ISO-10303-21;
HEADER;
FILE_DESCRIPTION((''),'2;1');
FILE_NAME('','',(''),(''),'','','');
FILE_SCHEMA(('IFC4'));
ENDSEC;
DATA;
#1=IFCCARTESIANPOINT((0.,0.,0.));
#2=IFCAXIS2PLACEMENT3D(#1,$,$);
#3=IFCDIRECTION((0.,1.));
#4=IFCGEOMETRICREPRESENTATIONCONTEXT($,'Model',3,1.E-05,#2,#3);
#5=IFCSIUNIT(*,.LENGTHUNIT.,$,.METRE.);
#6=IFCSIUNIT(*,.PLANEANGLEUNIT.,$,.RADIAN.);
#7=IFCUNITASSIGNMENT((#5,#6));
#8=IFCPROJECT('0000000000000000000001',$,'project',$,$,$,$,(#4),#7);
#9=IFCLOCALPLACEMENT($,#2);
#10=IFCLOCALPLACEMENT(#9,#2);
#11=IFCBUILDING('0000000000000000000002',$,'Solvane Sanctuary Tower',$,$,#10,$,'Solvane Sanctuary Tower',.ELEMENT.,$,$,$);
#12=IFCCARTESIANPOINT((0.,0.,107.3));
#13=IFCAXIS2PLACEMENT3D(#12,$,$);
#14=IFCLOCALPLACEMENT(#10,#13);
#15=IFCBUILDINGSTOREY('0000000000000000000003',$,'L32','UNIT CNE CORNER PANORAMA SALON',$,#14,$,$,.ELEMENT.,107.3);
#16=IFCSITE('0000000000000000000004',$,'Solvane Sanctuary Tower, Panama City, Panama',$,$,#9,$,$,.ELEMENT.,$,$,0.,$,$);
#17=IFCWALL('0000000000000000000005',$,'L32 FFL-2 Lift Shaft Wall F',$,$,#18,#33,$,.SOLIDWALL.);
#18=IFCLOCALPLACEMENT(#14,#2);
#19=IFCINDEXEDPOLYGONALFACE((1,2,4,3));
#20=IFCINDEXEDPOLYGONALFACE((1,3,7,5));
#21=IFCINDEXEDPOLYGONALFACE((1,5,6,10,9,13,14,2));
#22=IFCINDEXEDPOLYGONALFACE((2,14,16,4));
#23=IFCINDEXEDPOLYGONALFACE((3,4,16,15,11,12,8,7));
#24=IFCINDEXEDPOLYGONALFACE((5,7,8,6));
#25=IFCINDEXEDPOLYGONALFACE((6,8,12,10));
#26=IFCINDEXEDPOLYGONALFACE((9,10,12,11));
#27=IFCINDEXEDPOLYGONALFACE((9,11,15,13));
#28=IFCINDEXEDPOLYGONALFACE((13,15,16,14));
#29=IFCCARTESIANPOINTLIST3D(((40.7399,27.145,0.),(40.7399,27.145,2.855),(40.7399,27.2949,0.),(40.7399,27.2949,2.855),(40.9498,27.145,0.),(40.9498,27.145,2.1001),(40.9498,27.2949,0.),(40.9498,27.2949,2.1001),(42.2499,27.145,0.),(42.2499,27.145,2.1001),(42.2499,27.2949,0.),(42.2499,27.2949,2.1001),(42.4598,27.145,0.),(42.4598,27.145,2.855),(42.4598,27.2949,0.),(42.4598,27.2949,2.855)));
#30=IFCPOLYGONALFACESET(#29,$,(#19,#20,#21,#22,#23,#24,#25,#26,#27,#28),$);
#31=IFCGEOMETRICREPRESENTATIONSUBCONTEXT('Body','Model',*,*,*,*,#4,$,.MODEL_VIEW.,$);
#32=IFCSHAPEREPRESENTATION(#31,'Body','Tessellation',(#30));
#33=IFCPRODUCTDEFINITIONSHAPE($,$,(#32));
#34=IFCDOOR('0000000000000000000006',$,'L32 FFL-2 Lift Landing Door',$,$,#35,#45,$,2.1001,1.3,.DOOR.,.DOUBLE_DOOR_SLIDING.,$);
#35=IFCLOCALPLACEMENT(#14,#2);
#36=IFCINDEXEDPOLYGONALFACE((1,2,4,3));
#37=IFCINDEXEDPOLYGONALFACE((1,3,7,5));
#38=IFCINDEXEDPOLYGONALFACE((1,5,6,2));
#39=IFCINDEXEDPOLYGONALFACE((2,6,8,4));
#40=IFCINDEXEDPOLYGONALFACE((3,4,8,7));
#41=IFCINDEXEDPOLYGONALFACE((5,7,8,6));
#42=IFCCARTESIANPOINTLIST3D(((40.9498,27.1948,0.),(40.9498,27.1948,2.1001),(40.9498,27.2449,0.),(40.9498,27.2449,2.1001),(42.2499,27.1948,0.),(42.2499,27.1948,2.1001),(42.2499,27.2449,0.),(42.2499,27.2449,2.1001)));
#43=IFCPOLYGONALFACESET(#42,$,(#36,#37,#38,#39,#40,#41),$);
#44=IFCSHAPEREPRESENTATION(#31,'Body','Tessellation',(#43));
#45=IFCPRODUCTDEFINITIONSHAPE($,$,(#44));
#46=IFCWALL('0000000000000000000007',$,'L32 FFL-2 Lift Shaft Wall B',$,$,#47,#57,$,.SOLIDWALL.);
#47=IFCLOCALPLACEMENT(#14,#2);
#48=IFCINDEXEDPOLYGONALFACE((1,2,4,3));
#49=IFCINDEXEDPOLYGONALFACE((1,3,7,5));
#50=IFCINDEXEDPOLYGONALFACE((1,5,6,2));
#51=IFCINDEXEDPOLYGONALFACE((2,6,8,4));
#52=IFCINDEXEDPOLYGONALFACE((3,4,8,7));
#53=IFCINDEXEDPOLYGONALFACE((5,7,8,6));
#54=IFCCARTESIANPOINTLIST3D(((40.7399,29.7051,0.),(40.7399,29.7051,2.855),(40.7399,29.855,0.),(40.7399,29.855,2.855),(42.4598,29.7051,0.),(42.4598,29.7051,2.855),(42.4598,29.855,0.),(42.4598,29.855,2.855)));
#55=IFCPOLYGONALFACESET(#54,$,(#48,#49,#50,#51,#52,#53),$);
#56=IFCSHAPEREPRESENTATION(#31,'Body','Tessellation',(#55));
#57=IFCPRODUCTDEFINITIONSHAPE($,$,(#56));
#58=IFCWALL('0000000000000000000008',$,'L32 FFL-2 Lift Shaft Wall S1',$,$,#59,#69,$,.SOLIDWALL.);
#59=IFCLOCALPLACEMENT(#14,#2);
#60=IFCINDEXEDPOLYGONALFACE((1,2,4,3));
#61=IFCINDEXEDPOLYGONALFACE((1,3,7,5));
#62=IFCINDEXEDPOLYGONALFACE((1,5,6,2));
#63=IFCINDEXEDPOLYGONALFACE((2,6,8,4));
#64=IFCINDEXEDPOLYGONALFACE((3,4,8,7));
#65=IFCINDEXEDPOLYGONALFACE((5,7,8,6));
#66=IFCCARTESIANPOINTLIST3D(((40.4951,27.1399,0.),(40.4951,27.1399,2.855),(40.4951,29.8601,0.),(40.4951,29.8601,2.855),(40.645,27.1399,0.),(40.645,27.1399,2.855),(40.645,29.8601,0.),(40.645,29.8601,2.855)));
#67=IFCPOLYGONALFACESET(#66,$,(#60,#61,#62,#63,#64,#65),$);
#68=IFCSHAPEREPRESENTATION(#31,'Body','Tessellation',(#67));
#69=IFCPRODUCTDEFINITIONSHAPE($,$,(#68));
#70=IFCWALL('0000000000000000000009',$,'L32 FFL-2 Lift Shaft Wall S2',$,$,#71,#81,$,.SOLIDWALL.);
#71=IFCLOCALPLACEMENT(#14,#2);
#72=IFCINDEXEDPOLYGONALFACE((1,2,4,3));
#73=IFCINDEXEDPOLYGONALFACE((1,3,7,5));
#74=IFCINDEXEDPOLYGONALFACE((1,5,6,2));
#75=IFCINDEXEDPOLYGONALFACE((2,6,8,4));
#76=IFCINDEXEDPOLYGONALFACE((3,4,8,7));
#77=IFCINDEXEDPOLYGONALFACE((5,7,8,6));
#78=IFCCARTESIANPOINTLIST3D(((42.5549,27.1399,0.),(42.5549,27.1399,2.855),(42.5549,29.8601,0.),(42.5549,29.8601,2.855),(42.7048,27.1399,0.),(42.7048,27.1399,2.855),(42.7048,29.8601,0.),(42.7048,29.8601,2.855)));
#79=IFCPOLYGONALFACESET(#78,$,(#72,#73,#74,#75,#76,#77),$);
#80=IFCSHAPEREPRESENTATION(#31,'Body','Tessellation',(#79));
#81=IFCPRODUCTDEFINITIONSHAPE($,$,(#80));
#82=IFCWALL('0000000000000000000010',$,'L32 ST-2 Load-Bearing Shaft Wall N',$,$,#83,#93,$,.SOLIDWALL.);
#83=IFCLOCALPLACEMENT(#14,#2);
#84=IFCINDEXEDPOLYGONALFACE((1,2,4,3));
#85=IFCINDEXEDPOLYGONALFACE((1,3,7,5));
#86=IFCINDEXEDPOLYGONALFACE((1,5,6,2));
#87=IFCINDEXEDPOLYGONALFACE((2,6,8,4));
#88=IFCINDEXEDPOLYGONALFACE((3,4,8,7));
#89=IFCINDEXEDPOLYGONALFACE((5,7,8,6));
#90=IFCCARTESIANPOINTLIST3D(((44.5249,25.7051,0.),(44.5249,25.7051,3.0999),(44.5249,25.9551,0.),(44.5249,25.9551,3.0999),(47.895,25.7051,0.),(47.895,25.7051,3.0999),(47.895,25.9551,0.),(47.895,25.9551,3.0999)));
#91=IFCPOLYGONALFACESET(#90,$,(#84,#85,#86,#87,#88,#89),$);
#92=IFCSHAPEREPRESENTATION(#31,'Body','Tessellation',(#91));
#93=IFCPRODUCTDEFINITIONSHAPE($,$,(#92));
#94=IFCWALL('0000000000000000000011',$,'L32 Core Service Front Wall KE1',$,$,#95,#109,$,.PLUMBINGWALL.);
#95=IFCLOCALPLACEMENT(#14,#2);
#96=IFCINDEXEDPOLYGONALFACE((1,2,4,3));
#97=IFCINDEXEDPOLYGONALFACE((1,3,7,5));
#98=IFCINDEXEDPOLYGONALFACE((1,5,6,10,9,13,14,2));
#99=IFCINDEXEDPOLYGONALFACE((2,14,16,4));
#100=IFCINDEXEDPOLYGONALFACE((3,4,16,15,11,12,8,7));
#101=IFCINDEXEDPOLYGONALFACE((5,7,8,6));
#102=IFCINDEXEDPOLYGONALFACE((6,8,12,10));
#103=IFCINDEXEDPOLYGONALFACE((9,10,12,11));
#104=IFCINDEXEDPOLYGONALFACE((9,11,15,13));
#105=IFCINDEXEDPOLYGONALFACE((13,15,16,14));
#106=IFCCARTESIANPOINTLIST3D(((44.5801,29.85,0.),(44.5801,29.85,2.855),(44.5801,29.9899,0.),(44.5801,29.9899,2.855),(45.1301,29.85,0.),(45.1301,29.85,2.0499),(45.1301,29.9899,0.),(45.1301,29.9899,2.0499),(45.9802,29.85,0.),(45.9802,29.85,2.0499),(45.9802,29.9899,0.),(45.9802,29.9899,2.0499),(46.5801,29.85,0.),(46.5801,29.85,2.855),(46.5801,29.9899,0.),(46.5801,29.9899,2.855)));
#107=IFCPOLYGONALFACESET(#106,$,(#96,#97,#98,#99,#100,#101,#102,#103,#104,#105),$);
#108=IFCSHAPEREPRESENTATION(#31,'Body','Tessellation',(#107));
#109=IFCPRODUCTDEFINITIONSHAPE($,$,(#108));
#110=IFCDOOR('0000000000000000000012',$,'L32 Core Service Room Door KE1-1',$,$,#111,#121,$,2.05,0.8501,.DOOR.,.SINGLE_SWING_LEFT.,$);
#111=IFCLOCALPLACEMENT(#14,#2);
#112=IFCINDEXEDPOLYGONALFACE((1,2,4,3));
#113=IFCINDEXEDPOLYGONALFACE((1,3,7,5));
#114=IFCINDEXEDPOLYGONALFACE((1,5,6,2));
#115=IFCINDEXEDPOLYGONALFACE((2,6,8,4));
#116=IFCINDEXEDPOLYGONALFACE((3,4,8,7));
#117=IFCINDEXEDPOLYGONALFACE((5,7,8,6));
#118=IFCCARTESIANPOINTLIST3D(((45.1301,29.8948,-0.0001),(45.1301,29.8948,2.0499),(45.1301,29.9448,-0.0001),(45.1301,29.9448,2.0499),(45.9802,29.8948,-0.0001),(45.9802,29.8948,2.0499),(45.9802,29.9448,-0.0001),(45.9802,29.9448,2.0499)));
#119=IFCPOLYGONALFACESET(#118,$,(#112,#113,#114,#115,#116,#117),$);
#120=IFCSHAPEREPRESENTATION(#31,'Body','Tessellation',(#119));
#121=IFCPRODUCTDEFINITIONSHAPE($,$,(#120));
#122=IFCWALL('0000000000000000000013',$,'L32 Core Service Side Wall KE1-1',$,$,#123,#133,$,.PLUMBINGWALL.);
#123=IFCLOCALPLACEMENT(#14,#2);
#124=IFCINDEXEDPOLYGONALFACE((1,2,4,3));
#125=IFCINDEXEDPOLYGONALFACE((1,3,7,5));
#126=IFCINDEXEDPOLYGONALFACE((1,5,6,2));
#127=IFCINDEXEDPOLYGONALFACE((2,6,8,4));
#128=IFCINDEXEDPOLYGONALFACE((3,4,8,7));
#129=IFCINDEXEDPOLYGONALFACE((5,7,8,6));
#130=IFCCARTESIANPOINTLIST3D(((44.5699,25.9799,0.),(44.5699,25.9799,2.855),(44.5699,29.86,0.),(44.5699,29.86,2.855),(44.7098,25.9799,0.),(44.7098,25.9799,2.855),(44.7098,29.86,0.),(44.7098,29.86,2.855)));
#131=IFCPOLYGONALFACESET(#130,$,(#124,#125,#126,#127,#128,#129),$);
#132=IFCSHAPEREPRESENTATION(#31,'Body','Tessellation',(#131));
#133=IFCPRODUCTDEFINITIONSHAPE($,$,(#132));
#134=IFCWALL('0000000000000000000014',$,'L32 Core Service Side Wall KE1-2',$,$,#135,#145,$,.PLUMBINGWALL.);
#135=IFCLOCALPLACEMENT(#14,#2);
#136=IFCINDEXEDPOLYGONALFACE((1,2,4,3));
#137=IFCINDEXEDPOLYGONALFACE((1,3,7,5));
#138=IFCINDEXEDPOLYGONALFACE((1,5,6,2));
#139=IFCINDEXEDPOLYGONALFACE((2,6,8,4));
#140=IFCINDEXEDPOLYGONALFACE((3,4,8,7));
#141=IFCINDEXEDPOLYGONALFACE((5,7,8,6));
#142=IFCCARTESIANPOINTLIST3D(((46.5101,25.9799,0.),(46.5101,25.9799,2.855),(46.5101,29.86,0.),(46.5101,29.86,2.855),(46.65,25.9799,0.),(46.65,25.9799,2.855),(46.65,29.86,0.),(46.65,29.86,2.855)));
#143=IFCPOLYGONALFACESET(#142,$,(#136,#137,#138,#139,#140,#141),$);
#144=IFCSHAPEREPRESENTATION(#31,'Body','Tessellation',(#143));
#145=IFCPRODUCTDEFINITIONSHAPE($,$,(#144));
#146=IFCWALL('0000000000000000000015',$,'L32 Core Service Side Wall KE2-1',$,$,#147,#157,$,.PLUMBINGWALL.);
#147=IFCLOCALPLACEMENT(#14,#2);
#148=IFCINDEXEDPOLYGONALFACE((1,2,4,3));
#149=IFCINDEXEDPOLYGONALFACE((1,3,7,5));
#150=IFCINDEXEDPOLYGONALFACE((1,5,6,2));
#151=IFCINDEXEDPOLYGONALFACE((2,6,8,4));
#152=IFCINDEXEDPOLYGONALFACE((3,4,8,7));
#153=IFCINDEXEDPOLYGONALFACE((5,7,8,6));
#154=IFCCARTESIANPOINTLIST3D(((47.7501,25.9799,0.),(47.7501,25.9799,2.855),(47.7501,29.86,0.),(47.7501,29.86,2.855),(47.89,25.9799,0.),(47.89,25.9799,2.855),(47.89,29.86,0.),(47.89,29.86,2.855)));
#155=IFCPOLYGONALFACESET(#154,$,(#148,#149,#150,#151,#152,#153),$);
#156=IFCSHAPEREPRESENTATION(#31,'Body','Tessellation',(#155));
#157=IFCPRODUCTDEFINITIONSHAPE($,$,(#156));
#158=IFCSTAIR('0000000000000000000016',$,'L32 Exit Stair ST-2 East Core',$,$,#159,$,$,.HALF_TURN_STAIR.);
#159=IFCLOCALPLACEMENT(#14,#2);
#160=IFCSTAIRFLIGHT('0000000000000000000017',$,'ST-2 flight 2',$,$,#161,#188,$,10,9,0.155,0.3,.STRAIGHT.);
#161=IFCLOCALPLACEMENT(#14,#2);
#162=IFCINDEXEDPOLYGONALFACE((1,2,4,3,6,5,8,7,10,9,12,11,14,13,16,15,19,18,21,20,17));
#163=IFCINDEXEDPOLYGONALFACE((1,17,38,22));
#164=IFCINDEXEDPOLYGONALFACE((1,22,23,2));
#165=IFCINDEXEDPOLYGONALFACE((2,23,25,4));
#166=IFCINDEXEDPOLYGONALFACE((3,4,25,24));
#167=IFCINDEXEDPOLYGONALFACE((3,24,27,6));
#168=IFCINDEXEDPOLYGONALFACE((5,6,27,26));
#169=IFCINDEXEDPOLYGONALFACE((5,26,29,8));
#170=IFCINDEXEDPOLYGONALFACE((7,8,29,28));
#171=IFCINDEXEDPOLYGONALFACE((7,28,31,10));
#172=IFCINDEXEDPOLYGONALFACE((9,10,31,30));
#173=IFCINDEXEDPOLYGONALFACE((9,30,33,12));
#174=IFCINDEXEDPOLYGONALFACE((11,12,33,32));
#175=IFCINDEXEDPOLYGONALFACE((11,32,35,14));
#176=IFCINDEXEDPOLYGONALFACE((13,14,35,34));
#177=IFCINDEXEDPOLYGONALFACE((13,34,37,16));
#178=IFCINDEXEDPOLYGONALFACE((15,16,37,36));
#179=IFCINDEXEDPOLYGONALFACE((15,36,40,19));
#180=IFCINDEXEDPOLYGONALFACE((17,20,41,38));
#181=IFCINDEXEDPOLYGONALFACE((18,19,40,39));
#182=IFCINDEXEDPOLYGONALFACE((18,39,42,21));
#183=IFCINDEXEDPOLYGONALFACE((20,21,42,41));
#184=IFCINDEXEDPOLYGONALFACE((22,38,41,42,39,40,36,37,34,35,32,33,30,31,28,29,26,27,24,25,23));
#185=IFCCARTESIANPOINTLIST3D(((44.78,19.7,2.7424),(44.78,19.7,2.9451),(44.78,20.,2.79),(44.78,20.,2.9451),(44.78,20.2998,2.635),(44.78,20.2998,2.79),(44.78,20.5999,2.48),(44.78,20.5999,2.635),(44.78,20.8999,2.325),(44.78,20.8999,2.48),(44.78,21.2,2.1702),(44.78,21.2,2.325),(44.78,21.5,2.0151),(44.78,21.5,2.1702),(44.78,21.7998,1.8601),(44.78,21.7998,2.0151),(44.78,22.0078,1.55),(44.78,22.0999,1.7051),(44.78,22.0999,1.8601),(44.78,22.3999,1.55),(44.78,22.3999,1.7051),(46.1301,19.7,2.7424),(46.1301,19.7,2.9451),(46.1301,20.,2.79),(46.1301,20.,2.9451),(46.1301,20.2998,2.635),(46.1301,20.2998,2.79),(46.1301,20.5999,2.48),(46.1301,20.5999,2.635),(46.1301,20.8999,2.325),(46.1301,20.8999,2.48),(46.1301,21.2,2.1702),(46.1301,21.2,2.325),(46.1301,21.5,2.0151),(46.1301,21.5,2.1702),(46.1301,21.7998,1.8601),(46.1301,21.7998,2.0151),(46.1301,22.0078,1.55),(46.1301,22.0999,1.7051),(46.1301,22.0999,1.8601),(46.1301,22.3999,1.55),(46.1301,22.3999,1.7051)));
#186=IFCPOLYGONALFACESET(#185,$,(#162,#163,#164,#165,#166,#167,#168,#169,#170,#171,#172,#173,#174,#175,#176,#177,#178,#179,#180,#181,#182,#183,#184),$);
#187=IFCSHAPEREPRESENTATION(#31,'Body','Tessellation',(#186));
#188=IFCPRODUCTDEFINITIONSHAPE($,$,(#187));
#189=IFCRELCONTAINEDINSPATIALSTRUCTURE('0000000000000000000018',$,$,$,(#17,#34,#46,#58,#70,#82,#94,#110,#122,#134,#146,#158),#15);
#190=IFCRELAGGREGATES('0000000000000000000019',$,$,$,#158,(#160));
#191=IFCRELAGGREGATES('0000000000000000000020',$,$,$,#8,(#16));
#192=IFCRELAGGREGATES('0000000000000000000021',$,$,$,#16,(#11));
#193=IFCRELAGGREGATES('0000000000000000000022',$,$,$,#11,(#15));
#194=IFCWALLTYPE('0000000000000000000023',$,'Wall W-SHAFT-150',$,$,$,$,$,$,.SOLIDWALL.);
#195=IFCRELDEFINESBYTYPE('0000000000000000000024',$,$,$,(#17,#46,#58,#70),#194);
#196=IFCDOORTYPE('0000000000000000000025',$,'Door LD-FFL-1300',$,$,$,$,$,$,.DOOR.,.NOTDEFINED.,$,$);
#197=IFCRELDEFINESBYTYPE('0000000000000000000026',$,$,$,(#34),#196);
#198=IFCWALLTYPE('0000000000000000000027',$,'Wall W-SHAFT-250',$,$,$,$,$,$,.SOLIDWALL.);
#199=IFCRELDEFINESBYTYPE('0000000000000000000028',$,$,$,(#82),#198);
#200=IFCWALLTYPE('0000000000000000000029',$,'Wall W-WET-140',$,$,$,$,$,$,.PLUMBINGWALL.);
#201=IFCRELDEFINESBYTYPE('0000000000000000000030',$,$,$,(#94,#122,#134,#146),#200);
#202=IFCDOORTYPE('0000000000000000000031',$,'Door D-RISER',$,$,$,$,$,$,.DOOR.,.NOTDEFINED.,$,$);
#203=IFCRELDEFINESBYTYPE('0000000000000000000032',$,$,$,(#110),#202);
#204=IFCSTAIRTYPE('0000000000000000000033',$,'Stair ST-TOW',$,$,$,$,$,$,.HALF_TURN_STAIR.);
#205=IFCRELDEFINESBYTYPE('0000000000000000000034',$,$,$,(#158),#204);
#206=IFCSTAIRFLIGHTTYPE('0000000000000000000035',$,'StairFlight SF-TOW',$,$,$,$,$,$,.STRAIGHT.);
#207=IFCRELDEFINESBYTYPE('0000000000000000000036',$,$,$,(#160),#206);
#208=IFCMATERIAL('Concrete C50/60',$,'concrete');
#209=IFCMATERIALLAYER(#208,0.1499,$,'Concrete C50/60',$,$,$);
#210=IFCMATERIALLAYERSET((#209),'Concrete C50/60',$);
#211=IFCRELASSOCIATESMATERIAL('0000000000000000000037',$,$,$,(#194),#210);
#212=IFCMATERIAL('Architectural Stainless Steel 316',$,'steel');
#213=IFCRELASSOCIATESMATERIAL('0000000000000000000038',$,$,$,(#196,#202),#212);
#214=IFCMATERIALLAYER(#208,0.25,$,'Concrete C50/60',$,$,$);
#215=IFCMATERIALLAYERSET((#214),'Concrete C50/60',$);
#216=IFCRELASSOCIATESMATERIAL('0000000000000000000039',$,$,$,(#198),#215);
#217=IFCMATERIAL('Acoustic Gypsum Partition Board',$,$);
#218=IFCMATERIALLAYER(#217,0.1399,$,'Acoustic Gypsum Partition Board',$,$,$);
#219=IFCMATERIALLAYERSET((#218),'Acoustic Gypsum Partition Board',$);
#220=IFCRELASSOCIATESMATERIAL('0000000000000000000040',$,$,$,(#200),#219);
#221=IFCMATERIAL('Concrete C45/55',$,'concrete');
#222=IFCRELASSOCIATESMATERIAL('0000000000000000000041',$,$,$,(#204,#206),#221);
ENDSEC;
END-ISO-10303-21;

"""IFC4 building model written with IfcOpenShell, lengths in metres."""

from ifc_helpers import new_model, si_unit, direction, frame, frame_2d, origin, place, context, subcontext, project, spatial, polyline, rectangle, outline, extrude, material, layer, layer_set, type_object, element, fill, aggregate, save


model = new_model("IFC4")

# Units and contexts
model_context = context("Model", 3, precision=1e-05, world=origin(), true_north=direction((0.0, 1.0)))
body_context = subcontext(model_context, "Body", "Model", "MODEL_VIEW")
ifc_project = project(units=[si_unit("LENGTHUNIT", "METRE"), si_unit("PLANEANGLEUNIT", "RADIAN")], contexts=[model_context])

# Site, building, storey
site_placement = place(None, origin())
site = spatial("IfcSite", under=ifc_project, at=site_placement, Name="Solvane Sanctuary Tower, Panama City, Panama", CompositionType="ELEMENT", RefElevation=0.0)
building_placement = place(site_placement, origin())
building = spatial("IfcBuilding", under=site, at=building_placement, Name="Solvane Sanctuary Tower", LongName="Solvane Sanctuary Tower", CompositionType="ELEMENT")
storey_placement = place(building_placement, frame((0.0, 0.0, 107.3)))
storey = spatial("IfcBuildingStorey", under=building, at=storey_placement, Name="L32", Description="UNIT CNE CORNER PANORAMA SALON", CompositionType="ELEMENT", Elevation=107.3)

# Shared definitions
ifc_material_1 = material(Name="Acoustic Gypsum Partition Board")

# Shared definitions
ifc_material_2 = material(Name="Concrete C50/60", Category="concrete")
ifc_layer_1 = layer(ifc_material_2, 0.1499, Name="Concrete C50/60")
ifc_layer_set_1 = layer_set([ifc_layer_1], Name="Concrete C50/60")
wall_type_1 = type_object("IfcWallType", Name="Wall W-SHAFT-150", PredefinedType="SOLIDWALL", material=ifc_layer_set_1)

# Wall, opening, door
wall_1_placement = place(storey_placement, frame((40.74, 27.22, 0.0), z_axis=(0.0, 0.0, 1.0), x_axis=(1.0, 0.0, 0.0)))
wall_1 = element("IfcWall", 1, at=wall_1_placement, inside=storey, type_object=wall_type_1, Name="L32 FFL-2 Lift Shaft Wall F", PredefinedType="SOLIDWALL", context=body_context, shape_type="SweptSolid", body=[
    extrude(rectangle(XDim=1.72, YDim=0.1499, at=frame_2d((0.8599, 0.0))), origin(), (0.0, 0.0, 1.0), 2.855),
])
opening_1_placement = place(wall_1_placement, frame((0.21, 0.0, 0.0)))
opening_1 = element("IfcOpeningElement", 2, at=opening_1_placement, cuts=wall_1, PredefinedType="OPENING", context=body_context, shape_type="SweptSolid", body=[
    extrude(rectangle(XDim=1.3, YDim=2.1001, at=frame_2d((0.6499, 1.05))), frame((0.0, 0.085, 0.0), z_axis=(0.0, -1.0, 0.0), x_axis=(1.0, 0.0, 0.0)), (0.0, 0.0, 1.0), 0.1699),
])
ifc_material_3 = material(Name="Architectural Stainless Steel 316", Category="steel")
door_type_1 = type_object("IfcDoorType", Name="Door LD-FFL-1300", OperationType="NOTDEFINED", PredefinedType="DOOR", material=ifc_material_3)
door_1_placement = place(opening_1_placement, origin())
door_1 = element("IfcDoor", 3, at=door_1_placement, inside=storey, type_object=door_type_1, Name="L32 FFL-2 Lift Landing Door", OperationType="DOUBLE_DOOR_SLIDING", OverallHeight=2.1001, OverallWidth=1.3, PredefinedType="DOOR", context=body_context, shape_type="SweptSolid", body=[
    extrude(rectangle(XDim=1.3, YDim=2.1001, at=frame_2d((0.6499, 1.05))), frame((0.0, 0.0249, 0.0), z_axis=(0.0, -1.0, 0.0), x_axis=(1.0, 0.0, 0.0)), (0.0, 0.0, 1.0), 0.05),
])
fill(opening_1, door_1)

# Walls
wall_2_placement = place(storey_placement, frame((40.74, 29.78, 0.0), z_axis=(0.0, 0.0, 1.0), x_axis=(1.0, 0.0, 0.0)))
element("IfcWall", 4, at=wall_2_placement, inside=storey, type_object=wall_type_1, Name="L32 FFL-2 Lift Shaft Wall B", PredefinedType="SOLIDWALL", context=body_context, shape_type="SweptSolid", body=[
    extrude(rectangle(XDim=1.72, YDim=0.1499, at=frame_2d((0.8599, 0.0))), origin(), (0.0, 0.0, 1.0), 2.855),
])
for number, where, z_axis, x_axis, name in (
    (5, (40.5701, 27.1399, 0.0), (0.0, 0.0, 1.0), (0.0, 1.0, 0.0), "L32 FFL-2 Lift Shaft Wall S1"),
    (6, (42.6299, 27.1399, 0.0), (0.0, 0.0, 1.0), (0.0, 1.0, 0.0), "L32 FFL-2 Lift Shaft Wall S2"),
):
    element("IfcWall", number, at=place(storey_placement, frame(where, z_axis=z_axis, x_axis=x_axis)), inside=storey, type_object=wall_type_1, Name=name, PredefinedType="SOLIDWALL", context=body_context, shape_type="SweptSolid", body=[
        extrude(rectangle(XDim=2.7202, YDim=0.1499, at=frame_2d((1.3601, 0.0))), origin(), (0.0, 0.0, 1.0), 2.855),
    ])
ifc_layer_2 = layer(ifc_material_2, 0.25, Name="Concrete C50/60")
ifc_layer_set_2 = layer_set([ifc_layer_2], Name="Concrete C50/60")
wall_type_2 = type_object("IfcWallType", Name="Wall W-SHAFT-250", PredefinedType="SOLIDWALL", material=ifc_layer_set_2)
wall_3_placement = place(storey_placement, frame((44.5249, 25.8301, 0.0), z_axis=(0.0, 0.0, 1.0), x_axis=(1.0, 0.0, 0.0)))
element("IfcWall", 7, at=wall_3_placement, inside=storey, type_object=wall_type_2, Name="L32 ST-2 Load-Bearing Shaft Wall N", PredefinedType="SOLIDWALL", context=body_context, shape_type="SweptSolid", body=[
    extrude(rectangle(XDim=3.3701, YDim=0.25, at=frame_2d((1.6851, 0.0))), origin(), (0.0, 0.0, 1.0), 3.0999),
])

# Wall, opening, door
ifc_layer_3 = layer(ifc_material_1, 0.1399, Name="Acoustic Gypsum Partition Board")
ifc_layer_set_3 = layer_set([ifc_layer_3], Name="Acoustic Gypsum Partition Board")
wall_type_3 = type_object("IfcWallType", Name="Wall W-WET-140", PredefinedType="PLUMBINGWALL", material=ifc_layer_set_3)
wall_4_placement = place(storey_placement, frame((44.5801, 29.9199, 0.0), z_axis=(0.0, 0.0, 1.0), x_axis=(1.0, 0.0, 0.0)))
wall_4 = element("IfcWall", 8, at=wall_4_placement, inside=storey, type_object=wall_type_3, Name="L32 Core Service Front Wall KE1", PredefinedType="PLUMBINGWALL", context=body_context, shape_type="SweptSolid", body=[
    extrude(rectangle(XDim=2.0, YDim=0.1399, at=frame_2d((1.0, 0.0))), origin(), (0.0, 0.0, 1.0), 2.855),
])
opening_2_placement = place(wall_4_placement, frame((0.55, 0.0, 0.0)))
opening_2 = element("IfcOpeningElement", 9, at=opening_2_placement, cuts=wall_4, PredefinedType="OPENING", context=body_context, shape_type="SweptSolid", body=[
    extrude(rectangle(XDim=0.8501, YDim=2.05, at=frame_2d((0.425, 1.0249))), frame((0.0, 0.0798, 0.0), z_axis=(0.0, -1.0, 0.0), x_axis=(1.0, 0.0, 0.0)), (0.0, 0.0, 1.0), 0.1599),
])
door_type_2 = type_object("IfcDoorType", Name="Door D-RISER", OperationType="NOTDEFINED", PredefinedType="DOOR", material=ifc_material_3)
door_2_placement = place(opening_2_placement, origin())
door_2 = element("IfcDoor", 10, at=door_2_placement, inside=storey, type_object=door_type_2, Name="L32 Core Service Room Door KE1-1", OperationType="SINGLE_SWING_LEFT", OverallHeight=2.05, OverallWidth=0.8501, PredefinedType="DOOR", context=body_context, shape_type="SweptSolid", body=[
    extrude(rectangle(XDim=0.8501, YDim=2.05, at=frame_2d((0.425, 1.0249))), frame((0.0, 0.0249, 0.0), z_axis=(0.0, -1.0, 0.0), x_axis=(1.0, 0.0, 0.0)), (0.0, 0.0, 1.0), 0.05),
])
fill(opening_2, door_2)

# Walls
for number, where, z_axis, x_axis, name in (
    (11, (44.6399, 25.98, 0.0), (0.0, 0.0, 1.0), (0.0, 1.0, 0.0), "L32 Core Service Side Wall KE1-1"),
    (12, (46.5801, 25.98, 0.0), (0.0, 0.0, 1.0), (0.0, 1.0, 0.0), "L32 Core Service Side Wall KE1-2"),
    (13, (47.8201, 25.98, 0.0), (0.0, 0.0, 1.0), (0.0, 1.0, 0.0), "L32 Core Service Side Wall KE2-1"),
):
    element("IfcWall", number, at=place(storey_placement, frame(where, z_axis=z_axis, x_axis=x_axis)), inside=storey, type_object=wall_type_3, Name=name, PredefinedType="PLUMBINGWALL", context=body_context, shape_type="SweptSolid", body=[
        extrude(rectangle(XDim=3.8801, YDim=0.1399, at=frame_2d((1.9399, 0.0))), origin(), (0.0, 0.0, 1.0), 2.855),
    ])

# Stair, stair flight
ifc_material_4 = material(Name="Concrete C45/55", Category="concrete")
stair_type = type_object("IfcStairType", Name="Stair ST-TOW", PredefinedType="HALF_TURN_STAIR", material=ifc_material_4)
stair_placement = place(storey_placement, origin())
stair = element("IfcStair", 14, at=stair_placement, inside=storey, type_object=stair_type, Name="L32 Exit Stair ST-2 East Core", PredefinedType="HALF_TURN_STAIR")
stair_flight_type = type_object("IfcStairFlightType", Name="StairFlight SF-TOW", PredefinedType="STRAIGHT", material=ifc_material_4)
stair_flight_placement = place(storey_placement, frame((45.4551, 22.3999, 1.55), z_axis=(0.0, 0.0, 1.0), x_axis=(0.0, -1.0, 0.0)))
stair_flight = element("IfcStairFlight", 15, at=stair_flight_placement, type_object=stair_flight_type, Name="ST-2 flight 2", NumberOfRisers=10, NumberOfTreads=9, PredefinedType="STRAIGHT", RiserHeight=0.155, TreadLength=0.3, context=body_context, shape_type="SweptSolid", body=[
    extrude(outline(polyline([(0.0, 0.0), (0.0, 0.155), (0.3, 0.155), (0.3, 0.3101), (0.6001, 0.3101), (0.6001, 0.4651), (0.8999, 0.4651), (0.8999, 0.6201), (1.2, 0.6201), (1.2, 0.7749), (1.5, 0.7749), (1.5, 0.9299), (1.8, 0.9299), (1.8, 1.085), (2.1001, 1.085), (2.1001, 1.24), (2.3999, 1.24), (2.3999, 1.395), (2.7, 1.395), (2.7, 1.55), (2.7, 1.1924), (0.3921, 0.0), (0.0, 0.0)])), frame((0.0, 0.675, 0.0), z_axis=(0.0, -1.0, 0.0), x_axis=(1.0, 0.0, 0.0)), (0.0, 0.0, 1.0), 1.3501),
])
aggregate(stair, [stair_flight])

save(model, "model.ifc")
